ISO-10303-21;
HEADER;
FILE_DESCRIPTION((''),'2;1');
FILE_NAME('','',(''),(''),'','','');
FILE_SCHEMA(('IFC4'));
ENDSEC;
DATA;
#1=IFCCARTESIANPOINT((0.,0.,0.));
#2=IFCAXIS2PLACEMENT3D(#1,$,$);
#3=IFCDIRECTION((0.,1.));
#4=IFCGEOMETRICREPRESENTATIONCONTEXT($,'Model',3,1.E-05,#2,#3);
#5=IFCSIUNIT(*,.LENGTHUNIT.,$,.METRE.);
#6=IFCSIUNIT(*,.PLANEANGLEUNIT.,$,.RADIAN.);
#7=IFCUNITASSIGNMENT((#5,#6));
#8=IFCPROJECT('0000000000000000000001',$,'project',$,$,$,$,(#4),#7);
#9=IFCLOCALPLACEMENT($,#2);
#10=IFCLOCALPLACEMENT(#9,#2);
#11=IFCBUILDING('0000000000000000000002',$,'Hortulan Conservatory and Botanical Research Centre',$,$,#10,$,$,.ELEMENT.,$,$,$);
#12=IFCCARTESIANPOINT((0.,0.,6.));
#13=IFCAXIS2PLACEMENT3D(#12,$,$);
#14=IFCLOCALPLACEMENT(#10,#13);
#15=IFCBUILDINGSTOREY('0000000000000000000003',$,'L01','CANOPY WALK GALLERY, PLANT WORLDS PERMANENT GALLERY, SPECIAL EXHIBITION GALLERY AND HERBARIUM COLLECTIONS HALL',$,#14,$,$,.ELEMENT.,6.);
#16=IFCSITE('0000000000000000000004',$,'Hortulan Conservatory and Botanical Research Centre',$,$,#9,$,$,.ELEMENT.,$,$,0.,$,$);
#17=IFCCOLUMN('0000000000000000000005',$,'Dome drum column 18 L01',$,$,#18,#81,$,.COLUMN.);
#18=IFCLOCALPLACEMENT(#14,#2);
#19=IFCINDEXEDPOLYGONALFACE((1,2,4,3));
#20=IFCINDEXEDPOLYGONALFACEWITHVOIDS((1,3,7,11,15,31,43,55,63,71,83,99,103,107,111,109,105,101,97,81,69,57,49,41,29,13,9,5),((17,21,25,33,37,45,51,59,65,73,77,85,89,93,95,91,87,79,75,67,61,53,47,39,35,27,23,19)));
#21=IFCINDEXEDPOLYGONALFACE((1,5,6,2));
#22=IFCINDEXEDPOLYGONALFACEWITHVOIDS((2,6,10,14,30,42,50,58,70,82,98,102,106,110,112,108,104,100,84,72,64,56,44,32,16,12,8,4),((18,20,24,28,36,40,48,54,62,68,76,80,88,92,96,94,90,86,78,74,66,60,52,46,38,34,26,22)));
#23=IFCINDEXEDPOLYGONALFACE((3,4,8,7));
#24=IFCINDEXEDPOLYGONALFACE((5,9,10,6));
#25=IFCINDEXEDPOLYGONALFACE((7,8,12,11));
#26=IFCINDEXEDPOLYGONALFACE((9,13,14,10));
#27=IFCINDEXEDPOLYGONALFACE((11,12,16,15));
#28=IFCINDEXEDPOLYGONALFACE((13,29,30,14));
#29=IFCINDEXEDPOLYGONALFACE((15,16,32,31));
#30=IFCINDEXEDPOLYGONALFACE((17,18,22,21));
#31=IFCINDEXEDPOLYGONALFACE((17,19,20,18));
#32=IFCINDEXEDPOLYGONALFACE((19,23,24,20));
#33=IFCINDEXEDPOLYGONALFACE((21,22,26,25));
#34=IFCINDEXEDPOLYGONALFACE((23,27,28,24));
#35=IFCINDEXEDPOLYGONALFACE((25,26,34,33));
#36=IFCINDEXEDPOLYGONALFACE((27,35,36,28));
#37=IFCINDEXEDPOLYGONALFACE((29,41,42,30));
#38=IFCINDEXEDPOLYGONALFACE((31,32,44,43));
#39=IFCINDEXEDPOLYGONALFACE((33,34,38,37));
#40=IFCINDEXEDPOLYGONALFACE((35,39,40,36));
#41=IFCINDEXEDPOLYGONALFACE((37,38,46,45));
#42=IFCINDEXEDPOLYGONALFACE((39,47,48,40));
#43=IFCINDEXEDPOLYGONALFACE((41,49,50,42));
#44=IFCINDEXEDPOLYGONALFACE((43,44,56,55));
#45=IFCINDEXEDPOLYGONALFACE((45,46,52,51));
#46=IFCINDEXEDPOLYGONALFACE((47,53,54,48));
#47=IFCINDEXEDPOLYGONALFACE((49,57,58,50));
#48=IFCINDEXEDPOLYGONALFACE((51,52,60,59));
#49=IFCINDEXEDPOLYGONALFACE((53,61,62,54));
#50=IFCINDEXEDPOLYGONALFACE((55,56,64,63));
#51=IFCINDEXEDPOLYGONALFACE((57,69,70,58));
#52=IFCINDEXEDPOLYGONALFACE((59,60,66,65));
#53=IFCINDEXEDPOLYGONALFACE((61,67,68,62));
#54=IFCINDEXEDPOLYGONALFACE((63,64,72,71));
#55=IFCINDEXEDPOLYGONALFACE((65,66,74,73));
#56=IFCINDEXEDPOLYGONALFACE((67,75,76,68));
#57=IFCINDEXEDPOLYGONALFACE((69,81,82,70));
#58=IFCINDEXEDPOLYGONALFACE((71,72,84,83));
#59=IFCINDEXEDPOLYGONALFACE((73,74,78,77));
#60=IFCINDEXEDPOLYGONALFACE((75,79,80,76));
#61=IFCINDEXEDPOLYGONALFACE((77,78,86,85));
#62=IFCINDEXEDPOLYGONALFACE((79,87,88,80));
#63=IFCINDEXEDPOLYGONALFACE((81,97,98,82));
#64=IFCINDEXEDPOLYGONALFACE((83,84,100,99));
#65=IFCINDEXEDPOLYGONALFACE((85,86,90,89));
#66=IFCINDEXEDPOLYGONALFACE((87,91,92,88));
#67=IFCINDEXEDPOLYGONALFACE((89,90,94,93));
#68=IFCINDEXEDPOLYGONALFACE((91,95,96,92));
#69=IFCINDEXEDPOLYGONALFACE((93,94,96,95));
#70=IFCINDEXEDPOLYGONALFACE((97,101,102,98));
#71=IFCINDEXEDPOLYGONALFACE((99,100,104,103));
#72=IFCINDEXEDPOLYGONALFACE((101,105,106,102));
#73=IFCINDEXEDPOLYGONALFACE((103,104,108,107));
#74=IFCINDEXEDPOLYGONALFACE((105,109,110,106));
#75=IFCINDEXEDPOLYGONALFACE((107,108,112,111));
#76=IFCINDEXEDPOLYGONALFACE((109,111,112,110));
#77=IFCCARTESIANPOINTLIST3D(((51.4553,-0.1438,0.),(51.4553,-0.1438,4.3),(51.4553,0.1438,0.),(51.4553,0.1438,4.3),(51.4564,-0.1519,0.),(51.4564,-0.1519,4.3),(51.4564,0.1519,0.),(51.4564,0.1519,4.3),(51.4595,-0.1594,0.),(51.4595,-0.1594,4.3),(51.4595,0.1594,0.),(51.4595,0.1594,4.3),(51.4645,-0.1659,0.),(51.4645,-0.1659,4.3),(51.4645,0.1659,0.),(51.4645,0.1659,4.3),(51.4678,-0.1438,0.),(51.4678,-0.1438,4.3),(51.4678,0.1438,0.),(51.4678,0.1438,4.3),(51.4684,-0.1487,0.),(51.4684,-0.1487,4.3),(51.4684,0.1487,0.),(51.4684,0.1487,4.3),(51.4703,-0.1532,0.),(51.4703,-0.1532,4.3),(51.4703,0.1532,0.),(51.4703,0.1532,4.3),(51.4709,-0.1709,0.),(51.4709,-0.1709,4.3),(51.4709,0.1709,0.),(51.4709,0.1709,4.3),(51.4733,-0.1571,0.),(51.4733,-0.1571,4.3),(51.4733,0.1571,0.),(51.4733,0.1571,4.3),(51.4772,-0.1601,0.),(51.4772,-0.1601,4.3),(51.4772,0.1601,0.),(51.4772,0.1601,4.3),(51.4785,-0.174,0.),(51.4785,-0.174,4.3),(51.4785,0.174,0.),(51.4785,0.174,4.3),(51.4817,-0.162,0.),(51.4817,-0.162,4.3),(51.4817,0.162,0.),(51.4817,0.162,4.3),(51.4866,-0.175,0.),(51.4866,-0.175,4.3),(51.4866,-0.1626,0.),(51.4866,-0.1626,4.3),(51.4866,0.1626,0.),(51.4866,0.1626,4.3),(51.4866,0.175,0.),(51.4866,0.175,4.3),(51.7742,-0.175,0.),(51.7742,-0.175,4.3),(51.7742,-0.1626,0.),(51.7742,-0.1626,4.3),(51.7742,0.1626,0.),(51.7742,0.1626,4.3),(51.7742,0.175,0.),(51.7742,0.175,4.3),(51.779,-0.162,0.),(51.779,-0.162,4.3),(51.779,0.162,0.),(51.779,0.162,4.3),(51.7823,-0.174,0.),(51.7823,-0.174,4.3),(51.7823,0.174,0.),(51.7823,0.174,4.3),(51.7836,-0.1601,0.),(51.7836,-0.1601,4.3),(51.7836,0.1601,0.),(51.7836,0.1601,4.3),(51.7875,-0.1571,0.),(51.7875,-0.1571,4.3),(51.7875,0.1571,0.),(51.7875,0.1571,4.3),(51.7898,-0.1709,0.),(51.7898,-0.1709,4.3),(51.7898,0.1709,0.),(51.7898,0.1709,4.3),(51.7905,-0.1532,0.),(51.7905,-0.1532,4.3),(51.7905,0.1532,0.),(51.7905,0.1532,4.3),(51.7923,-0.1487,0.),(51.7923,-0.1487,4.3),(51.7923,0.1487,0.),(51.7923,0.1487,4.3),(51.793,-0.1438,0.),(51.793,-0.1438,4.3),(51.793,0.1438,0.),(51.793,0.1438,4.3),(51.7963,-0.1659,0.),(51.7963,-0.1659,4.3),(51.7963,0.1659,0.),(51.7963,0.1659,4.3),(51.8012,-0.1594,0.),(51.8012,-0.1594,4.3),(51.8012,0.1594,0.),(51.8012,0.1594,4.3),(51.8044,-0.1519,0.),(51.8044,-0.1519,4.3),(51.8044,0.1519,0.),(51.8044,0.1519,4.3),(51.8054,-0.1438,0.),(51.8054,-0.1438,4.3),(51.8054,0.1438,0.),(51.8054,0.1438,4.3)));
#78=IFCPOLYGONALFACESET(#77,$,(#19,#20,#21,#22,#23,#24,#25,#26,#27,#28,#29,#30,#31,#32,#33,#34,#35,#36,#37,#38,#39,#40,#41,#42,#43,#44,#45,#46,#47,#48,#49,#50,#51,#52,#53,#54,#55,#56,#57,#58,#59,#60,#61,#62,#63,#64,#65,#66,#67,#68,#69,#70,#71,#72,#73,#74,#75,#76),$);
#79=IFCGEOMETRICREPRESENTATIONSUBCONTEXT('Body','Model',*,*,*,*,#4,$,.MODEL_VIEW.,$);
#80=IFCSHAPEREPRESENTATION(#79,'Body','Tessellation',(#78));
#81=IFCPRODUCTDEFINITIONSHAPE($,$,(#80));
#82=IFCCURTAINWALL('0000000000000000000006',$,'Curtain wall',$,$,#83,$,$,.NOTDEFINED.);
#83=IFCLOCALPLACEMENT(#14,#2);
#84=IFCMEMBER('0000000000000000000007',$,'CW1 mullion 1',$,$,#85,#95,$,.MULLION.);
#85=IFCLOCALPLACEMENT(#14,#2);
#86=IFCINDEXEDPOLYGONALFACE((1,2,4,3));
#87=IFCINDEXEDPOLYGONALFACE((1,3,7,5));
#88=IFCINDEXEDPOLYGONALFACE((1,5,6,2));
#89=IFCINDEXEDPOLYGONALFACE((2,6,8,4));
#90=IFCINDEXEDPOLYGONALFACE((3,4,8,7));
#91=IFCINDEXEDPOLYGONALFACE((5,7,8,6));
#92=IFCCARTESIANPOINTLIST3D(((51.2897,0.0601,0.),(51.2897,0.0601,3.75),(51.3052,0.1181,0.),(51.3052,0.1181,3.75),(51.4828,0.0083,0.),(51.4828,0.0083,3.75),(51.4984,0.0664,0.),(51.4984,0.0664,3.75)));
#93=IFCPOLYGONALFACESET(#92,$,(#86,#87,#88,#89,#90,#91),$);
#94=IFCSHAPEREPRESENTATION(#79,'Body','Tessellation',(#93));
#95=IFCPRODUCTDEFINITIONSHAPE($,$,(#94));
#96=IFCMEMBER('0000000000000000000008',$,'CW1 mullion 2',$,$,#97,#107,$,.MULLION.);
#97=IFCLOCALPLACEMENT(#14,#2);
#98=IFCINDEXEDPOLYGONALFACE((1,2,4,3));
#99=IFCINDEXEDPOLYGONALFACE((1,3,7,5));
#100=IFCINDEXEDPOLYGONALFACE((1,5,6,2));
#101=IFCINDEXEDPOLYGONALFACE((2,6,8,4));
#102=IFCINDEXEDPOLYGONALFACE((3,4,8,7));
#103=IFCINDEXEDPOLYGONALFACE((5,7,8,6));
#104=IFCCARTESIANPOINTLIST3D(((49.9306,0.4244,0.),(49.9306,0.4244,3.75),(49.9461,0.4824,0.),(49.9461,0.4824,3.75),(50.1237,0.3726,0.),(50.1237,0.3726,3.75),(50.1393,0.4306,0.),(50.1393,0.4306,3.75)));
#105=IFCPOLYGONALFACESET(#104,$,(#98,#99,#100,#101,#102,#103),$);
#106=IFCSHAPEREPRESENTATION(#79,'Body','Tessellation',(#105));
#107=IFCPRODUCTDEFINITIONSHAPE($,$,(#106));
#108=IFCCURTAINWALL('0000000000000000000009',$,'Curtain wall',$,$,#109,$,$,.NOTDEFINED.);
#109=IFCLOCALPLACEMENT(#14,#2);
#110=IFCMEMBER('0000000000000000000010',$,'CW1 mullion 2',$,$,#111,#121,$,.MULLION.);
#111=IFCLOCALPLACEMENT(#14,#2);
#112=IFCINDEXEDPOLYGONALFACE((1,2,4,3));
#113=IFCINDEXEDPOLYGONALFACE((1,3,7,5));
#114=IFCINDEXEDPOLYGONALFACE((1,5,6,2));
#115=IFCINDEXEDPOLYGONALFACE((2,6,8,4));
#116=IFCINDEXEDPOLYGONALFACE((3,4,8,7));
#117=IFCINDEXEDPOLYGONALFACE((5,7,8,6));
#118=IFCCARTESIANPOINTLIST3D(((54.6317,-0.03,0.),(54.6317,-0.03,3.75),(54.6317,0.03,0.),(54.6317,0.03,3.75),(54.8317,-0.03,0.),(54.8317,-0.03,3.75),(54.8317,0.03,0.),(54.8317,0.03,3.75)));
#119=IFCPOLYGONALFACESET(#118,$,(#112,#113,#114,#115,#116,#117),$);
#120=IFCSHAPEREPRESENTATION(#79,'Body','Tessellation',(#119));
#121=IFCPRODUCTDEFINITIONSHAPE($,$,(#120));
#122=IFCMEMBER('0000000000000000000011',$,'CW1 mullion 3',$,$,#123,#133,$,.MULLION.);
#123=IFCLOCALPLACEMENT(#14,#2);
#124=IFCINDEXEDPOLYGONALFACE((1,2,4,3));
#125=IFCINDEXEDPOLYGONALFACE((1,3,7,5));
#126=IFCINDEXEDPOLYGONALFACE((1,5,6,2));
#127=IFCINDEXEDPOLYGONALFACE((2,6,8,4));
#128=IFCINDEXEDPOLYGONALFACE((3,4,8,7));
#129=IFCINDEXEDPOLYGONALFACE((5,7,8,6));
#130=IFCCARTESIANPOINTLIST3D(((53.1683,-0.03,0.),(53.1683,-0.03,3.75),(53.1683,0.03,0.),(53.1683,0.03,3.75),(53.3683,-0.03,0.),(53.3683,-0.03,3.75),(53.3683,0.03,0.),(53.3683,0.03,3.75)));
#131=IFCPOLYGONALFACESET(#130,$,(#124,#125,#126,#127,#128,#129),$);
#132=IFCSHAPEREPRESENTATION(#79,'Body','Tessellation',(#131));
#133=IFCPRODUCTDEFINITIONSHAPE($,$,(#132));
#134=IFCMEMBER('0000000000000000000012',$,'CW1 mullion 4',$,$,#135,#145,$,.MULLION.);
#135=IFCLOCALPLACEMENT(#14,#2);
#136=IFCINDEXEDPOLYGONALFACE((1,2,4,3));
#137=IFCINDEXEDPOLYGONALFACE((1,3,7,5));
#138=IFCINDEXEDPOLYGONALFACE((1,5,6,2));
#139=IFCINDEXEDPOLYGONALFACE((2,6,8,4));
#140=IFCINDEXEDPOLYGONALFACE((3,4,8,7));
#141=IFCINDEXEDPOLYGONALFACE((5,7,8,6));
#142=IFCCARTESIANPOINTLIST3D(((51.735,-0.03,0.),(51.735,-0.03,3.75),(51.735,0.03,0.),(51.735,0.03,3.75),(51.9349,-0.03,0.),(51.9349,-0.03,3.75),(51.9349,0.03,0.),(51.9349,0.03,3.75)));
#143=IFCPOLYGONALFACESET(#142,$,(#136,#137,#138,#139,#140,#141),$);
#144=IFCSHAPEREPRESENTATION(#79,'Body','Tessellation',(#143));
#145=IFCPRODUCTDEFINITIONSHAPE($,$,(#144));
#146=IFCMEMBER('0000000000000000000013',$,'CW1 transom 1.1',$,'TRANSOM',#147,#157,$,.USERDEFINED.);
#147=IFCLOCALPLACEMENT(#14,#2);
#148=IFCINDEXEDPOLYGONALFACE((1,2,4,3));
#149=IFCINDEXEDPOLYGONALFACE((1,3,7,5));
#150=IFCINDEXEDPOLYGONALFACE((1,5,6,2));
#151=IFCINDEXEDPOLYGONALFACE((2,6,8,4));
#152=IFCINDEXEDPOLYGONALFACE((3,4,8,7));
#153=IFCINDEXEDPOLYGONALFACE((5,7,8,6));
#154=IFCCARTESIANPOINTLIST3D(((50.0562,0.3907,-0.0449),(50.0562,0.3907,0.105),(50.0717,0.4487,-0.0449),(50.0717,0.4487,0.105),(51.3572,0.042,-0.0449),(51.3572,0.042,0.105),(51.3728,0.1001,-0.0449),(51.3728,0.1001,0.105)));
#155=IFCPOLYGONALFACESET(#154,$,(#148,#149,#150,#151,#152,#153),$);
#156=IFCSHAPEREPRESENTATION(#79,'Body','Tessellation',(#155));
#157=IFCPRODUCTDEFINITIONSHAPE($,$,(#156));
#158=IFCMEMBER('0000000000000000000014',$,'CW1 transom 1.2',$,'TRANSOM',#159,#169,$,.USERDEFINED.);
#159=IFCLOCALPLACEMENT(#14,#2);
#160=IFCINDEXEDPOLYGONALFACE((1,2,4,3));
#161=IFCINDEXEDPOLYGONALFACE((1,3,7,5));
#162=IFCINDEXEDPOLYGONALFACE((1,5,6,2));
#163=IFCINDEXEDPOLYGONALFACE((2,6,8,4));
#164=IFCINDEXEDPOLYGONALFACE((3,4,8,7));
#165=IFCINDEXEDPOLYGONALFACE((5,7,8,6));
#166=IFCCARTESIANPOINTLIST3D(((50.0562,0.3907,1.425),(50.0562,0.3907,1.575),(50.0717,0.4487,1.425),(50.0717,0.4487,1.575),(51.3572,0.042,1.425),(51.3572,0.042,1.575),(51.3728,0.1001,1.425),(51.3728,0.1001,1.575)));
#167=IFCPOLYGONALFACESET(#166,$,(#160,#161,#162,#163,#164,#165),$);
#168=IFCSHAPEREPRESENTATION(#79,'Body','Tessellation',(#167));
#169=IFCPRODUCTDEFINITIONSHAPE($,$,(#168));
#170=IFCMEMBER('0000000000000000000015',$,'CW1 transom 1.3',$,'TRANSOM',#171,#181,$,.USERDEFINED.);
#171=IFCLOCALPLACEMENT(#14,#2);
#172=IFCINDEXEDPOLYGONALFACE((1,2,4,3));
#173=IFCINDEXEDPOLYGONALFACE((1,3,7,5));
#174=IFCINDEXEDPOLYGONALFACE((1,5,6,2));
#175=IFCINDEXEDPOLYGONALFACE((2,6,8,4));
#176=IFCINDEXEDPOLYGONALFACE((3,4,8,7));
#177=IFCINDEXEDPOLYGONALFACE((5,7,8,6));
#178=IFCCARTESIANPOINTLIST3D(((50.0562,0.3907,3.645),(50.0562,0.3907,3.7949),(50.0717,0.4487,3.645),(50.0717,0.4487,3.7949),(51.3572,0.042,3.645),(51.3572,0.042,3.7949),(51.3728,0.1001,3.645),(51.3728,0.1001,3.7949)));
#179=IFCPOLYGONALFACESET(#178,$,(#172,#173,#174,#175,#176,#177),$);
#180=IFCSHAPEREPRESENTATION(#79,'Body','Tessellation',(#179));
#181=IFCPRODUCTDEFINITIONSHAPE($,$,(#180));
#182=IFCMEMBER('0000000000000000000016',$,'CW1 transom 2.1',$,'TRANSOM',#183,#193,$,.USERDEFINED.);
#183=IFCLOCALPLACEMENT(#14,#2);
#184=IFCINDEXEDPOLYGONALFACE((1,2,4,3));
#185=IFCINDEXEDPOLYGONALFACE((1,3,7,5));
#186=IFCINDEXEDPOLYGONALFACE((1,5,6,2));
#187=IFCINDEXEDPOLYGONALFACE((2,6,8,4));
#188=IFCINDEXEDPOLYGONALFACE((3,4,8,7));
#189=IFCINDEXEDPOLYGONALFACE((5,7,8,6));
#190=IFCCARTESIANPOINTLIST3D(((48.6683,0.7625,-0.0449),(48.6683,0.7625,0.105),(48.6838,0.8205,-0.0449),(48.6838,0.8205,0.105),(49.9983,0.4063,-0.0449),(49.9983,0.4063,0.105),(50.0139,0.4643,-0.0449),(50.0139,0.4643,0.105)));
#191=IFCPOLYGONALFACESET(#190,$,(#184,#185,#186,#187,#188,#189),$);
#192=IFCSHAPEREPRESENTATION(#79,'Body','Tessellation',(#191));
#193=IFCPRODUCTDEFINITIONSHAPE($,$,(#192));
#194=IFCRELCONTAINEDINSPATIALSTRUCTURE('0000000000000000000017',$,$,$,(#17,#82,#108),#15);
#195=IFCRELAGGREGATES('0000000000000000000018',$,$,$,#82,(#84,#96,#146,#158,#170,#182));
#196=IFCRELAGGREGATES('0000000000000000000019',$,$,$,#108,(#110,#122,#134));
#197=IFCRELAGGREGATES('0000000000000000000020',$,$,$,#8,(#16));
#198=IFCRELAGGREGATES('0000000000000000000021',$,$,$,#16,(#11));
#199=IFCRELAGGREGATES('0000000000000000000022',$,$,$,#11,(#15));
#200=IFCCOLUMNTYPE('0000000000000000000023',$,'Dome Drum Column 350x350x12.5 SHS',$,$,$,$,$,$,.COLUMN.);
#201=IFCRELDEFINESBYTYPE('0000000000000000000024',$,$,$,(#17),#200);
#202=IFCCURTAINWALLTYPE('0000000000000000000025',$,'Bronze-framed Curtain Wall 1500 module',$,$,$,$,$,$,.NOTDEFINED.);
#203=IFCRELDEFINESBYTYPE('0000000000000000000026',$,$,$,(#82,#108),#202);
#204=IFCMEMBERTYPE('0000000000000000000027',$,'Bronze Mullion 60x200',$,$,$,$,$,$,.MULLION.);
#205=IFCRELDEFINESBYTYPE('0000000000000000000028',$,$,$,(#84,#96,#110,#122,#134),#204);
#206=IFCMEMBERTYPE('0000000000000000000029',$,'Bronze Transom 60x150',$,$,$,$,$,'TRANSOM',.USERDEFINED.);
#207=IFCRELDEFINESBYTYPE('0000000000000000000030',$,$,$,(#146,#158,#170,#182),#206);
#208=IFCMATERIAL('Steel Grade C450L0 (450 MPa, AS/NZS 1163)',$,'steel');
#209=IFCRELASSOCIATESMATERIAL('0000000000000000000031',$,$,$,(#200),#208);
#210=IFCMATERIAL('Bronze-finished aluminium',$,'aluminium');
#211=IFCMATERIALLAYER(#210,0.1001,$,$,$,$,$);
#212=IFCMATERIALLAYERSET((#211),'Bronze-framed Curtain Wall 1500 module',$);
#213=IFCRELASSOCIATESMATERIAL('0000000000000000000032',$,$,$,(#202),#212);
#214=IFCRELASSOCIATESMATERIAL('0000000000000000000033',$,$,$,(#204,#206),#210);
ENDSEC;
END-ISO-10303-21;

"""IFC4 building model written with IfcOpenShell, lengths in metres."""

from ifc_helpers import new_model, si_unit, direction, frame, origin, origin_2d, place, context, subcontext, project, spatial, rectangle, hollow_rectangle, extrude, material, layer, layer_set, material_profile, profile_set, type_object, element, aggregate, save


model = new_model("IFC4")

# Units and contexts
model_context = context("Model", 3, precision=1e-05, world=origin(), true_north=direction((0.0, 1.0)))
body_context = subcontext(model_context, "Body", "Model", "MODEL_VIEW")
ifc_project = project(units=[si_unit("LENGTHUNIT", "METRE"), si_unit("PLANEANGLEUNIT", "RADIAN")], contexts=[model_context])

# Site, building, storey
site_placement = place(None, origin())
site = spatial("IfcSite", under=ifc_project, at=site_placement, Name="Hortulan Conservatory and Botanical Research Centre", CompositionType="ELEMENT", RefElevation=0.0)
building_placement = place(site_placement, origin())
building = spatial("IfcBuilding", under=site, at=building_placement, Name="Hortulan Conservatory and Botanical Research Centre", CompositionType="ELEMENT")
storey_placement = place(building_placement, frame((0.0, 0.0, 6.0)))
storey = spatial("IfcBuildingStorey", under=building, at=storey_placement, Name="L01", Description="CANOPY WALK GALLERY, PLANT WORLDS PERMANENT GALLERY, SPECIAL EXHIBITION GALLERY AND HERBARIUM COLLECTIONS HALL", CompositionType="ELEMENT", Elevation=6.0)

# Column
ifc_material_1 = material(Name="Steel Grade C450L0 (450 MPa, AS/NZS 1163)", Category="steel")
ifc_material_profile_1 = material_profile(ifc_material_1, hollow_rectangle(XDim=0.3501, YDim=0.3501, WallThickness=0.0125, InnerFilletRadius=0.0188, OuterFilletRadius=0.0312, at=origin_2d()), Name="350x350x12.5SHS")
ifc_profile_set_1 = profile_set([ifc_material_profile_1], Name="Steel Grade C450L0 (450 MPa, AS/NZS 1163)")
column_type = type_object("IfcColumnType", Name="Dome Drum Column 350x350x12.5 SHS", PredefinedType="COLUMN", material=ifc_profile_set_1)
column_placement = place(storey_placement, frame((51.6304, 0.0, 0.0), z_axis=(0.0, 0.0, 1.0), x_axis=(1.0, 0.0, 0.0)))
element("IfcColumn", 1, at=column_placement, inside=storey, type_object=column_type, Name="Dome drum column 18 L01", PredefinedType="COLUMN", context=body_context, shape_type="SweptSolid", body=[
    extrude(hollow_rectangle(XDim=0.3501, YDim=0.3501, WallThickness=0.0125, InnerFilletRadius=0.0188, OuterFilletRadius=0.0312, at=origin_2d()), origin(), (0.0, 0.0, 1.0), 4.3),
])

# Curtain walls, members
ifc_material_2 = material(Name="Bronze-finished aluminium", Category="aluminium")
ifc_layer_1 = layer(ifc_material_2, 0.1001)
ifc_layer_set_1 = layer_set([ifc_layer_1], Name="Bronze-framed Curtain Wall 1500 module")
curtain_wall_type = type_object("IfcCurtainWallType", Name="Bronze-framed Curtain Wall 1500 module", PredefinedType="NOTDEFINED", material=ifc_layer_set_1)
curtain_wall_1_placement = place(storey_placement, origin())
curtain_wall_1 = element("IfcCurtainWall", 2, at=curtain_wall_1_placement, inside=storey, type_object=curtain_wall_type, Name="Curtain wall", PredefinedType="NOTDEFINED")
ifc_material_profile_2 = material_profile(ifc_material_2, rectangle(XDim=0.0601, YDim=0.2, at=origin_2d()), Name="Bronze Mullion 60x200")
ifc_profile_set_2 = profile_set([ifc_material_profile_2], Name="Bronze-finished aluminium")
member_type_1 = type_object("IfcMemberType", Name="Bronze Mullion 60x200", PredefinedType="MULLION", material=ifc_profile_set_2)
member_1_placement = place(storey_placement, frame((51.394, 0.0632, 0.0), z_axis=(0.0, 0.0, 1.0), x_axis=(-0.258832, -0.965922, 0.0)))
member_1 = element("IfcMember", 3, at=member_1_placement, type_object=member_type_1, Name="CW1 mullion 1", PredefinedType="MULLION", context=body_context, shape_type="SweptSolid", body=[
    extrude(rectangle(XDim=0.0601, YDim=0.2, at=origin_2d()), origin(), (0.0, 0.0, 1.0), 3.75),
])
member_2_placement = place(storey_placement, frame((50.0349, 0.4275, 0.0), z_axis=(0.0, 0.0, 1.0), x_axis=(-0.258832, -0.965922, 0.0)))
member_2 = element("IfcMember", 4, at=member_2_placement, type_object=member_type_1, Name="CW1 mullion 2", PredefinedType="MULLION", context=body_context, shape_type="SweptSolid", body=[
    extrude(rectangle(XDim=0.0601, YDim=0.2, at=origin_2d()), origin(), (0.0, 0.0, 1.0), 3.75),
])
curtain_wall_2_placement = place(storey_placement, origin())
curtain_wall_2 = element("IfcCurtainWall", 5, at=curtain_wall_2_placement, inside=storey, type_object=curtain_wall_type, Name="Curtain wall", PredefinedType="NOTDEFINED")
member_3_placement = place(storey_placement, frame((54.7317, 0.0, 0.0), z_axis=(0.0, 0.0, 1.0), x_axis=(0.0, -1.0, 0.0)))
member_3 = element("IfcMember", 6, at=member_3_placement, type_object=member_type_1, Name="CW1 mullion 2", PredefinedType="MULLION", context=body_context, shape_type="SweptSolid", body=[
    extrude(rectangle(XDim=0.0601, YDim=0.2, at=origin_2d()), origin(), (0.0, 0.0, 1.0), 3.75),
])
member_4_placement = place(storey_placement, frame((53.2683, 0.0, 0.0), z_axis=(0.0, 0.0, 1.0), x_axis=(0.0, -1.0, 0.0)))
member_4 = element("IfcMember", 7, at=member_4_placement, type_object=member_type_1, Name="CW1 mullion 3", PredefinedType="MULLION", context=body_context, shape_type="SweptSolid", body=[
    extrude(rectangle(XDim=0.0601, YDim=0.2, at=origin_2d()), origin(), (0.0, 0.0, 1.0), 3.75),
])
member_5_placement = place(storey_placement, frame((51.835, 0.0, 0.0), z_axis=(0.0, 0.0, 1.0), x_axis=(0.0, -1.0, 0.0)))
member_5 = element("IfcMember", 8, at=member_5_placement, type_object=member_type_1, Name="CW1 mullion 4", PredefinedType="MULLION", context=body_context, shape_type="SweptSolid", body=[
    extrude(rectangle(XDim=0.0601, YDim=0.2, at=origin_2d()), origin(), (0.0, 0.0, 1.0), 3.75),
])

# Members
ifc_material_profile_3 = material_profile(ifc_material_2, rectangle(XDim=0.0601, YDim=0.1499, at=origin_2d()), Name="Bronze Transom 60x150")
ifc_profile_set_3 = profile_set([ifc_material_profile_3], Name="Bronze-finished aluminium")
member_type_2 = type_object("IfcMemberType", Name="Bronze Transom 60x150", ElementType="TRANSOM", PredefinedType="USERDEFINED", material=ifc_profile_set_3)
member_6_placement = place(storey_placement, frame((51.365, 0.071, 0.03), z_axis=(-0.965921, 0.258836, 0.0), x_axis=(-0.258836, -0.965921, 0.0)))
member_6 = element("IfcMember", 9, at=member_6_placement, type_object=member_type_2, Name="CW1 transom 1.1", ObjectType="TRANSOM", PredefinedType="USERDEFINED", context=body_context, shape_type="SweptSolid", body=[
    extrude(rectangle(XDim=0.0601, YDim=0.1499, at=origin_2d()), origin(), (0.0, 0.0, 1.0), 1.3469),
])
member_7_placement = place(storey_placement, frame((51.365, 0.071, 1.5), z_axis=(-0.965921, 0.258836, 0.0), x_axis=(-0.258836, -0.965921, 0.0)))
member_7 = element("IfcMember", 10, at=member_7_placement, type_object=member_type_2, Name="CW1 transom 1.2", ObjectType="TRANSOM", PredefinedType="USERDEFINED", context=body_context, shape_type="SweptSolid", body=[
    extrude(rectangle(XDim=0.0601, YDim=0.1499, at=origin_2d()), origin(), (0.0, 0.0, 1.0), 1.3469),
])
member_8_placement = place(storey_placement, frame((51.365, 0.071, 3.72), z_axis=(-0.965921, 0.258836, 0.0), x_axis=(-0.258836, -0.965921, 0.0)))
member_8 = element("IfcMember", 11, at=member_8_placement, type_object=member_type_2, Name="CW1 transom 1.3", ObjectType="TRANSOM", PredefinedType="USERDEFINED", context=body_context, shape_type="SweptSolid", body=[
    extrude(rectangle(XDim=0.0601, YDim=0.1499, at=origin_2d()), origin(), (0.0, 0.0, 1.0), 1.3469),
])
member_9_placement = place(storey_placement, frame((50.0061, 0.4353, 0.03), z_axis=(-0.965961, 0.258689, 0.0), x_axis=(-0.258689, -0.965961, 0.0)))
member_9 = element("IfcMember", 12, at=member_9_placement, type_object=member_type_2, Name="CW1 transom 2.1", ObjectType="TRANSOM", PredefinedType="USERDEFINED", context=body_context, shape_type="SweptSolid", body=[
    extrude(rectangle(XDim=0.0601, YDim=0.1499, at=origin_2d()), origin(), (0.0, 0.0, 1.0), 1.377),
])

aggregate(curtain_wall_1, [member_1, member_2, member_6, member_7, member_8, member_9])
aggregate(curtain_wall_2, [member_3, member_4, member_5])

save(model, "model.ifc")
